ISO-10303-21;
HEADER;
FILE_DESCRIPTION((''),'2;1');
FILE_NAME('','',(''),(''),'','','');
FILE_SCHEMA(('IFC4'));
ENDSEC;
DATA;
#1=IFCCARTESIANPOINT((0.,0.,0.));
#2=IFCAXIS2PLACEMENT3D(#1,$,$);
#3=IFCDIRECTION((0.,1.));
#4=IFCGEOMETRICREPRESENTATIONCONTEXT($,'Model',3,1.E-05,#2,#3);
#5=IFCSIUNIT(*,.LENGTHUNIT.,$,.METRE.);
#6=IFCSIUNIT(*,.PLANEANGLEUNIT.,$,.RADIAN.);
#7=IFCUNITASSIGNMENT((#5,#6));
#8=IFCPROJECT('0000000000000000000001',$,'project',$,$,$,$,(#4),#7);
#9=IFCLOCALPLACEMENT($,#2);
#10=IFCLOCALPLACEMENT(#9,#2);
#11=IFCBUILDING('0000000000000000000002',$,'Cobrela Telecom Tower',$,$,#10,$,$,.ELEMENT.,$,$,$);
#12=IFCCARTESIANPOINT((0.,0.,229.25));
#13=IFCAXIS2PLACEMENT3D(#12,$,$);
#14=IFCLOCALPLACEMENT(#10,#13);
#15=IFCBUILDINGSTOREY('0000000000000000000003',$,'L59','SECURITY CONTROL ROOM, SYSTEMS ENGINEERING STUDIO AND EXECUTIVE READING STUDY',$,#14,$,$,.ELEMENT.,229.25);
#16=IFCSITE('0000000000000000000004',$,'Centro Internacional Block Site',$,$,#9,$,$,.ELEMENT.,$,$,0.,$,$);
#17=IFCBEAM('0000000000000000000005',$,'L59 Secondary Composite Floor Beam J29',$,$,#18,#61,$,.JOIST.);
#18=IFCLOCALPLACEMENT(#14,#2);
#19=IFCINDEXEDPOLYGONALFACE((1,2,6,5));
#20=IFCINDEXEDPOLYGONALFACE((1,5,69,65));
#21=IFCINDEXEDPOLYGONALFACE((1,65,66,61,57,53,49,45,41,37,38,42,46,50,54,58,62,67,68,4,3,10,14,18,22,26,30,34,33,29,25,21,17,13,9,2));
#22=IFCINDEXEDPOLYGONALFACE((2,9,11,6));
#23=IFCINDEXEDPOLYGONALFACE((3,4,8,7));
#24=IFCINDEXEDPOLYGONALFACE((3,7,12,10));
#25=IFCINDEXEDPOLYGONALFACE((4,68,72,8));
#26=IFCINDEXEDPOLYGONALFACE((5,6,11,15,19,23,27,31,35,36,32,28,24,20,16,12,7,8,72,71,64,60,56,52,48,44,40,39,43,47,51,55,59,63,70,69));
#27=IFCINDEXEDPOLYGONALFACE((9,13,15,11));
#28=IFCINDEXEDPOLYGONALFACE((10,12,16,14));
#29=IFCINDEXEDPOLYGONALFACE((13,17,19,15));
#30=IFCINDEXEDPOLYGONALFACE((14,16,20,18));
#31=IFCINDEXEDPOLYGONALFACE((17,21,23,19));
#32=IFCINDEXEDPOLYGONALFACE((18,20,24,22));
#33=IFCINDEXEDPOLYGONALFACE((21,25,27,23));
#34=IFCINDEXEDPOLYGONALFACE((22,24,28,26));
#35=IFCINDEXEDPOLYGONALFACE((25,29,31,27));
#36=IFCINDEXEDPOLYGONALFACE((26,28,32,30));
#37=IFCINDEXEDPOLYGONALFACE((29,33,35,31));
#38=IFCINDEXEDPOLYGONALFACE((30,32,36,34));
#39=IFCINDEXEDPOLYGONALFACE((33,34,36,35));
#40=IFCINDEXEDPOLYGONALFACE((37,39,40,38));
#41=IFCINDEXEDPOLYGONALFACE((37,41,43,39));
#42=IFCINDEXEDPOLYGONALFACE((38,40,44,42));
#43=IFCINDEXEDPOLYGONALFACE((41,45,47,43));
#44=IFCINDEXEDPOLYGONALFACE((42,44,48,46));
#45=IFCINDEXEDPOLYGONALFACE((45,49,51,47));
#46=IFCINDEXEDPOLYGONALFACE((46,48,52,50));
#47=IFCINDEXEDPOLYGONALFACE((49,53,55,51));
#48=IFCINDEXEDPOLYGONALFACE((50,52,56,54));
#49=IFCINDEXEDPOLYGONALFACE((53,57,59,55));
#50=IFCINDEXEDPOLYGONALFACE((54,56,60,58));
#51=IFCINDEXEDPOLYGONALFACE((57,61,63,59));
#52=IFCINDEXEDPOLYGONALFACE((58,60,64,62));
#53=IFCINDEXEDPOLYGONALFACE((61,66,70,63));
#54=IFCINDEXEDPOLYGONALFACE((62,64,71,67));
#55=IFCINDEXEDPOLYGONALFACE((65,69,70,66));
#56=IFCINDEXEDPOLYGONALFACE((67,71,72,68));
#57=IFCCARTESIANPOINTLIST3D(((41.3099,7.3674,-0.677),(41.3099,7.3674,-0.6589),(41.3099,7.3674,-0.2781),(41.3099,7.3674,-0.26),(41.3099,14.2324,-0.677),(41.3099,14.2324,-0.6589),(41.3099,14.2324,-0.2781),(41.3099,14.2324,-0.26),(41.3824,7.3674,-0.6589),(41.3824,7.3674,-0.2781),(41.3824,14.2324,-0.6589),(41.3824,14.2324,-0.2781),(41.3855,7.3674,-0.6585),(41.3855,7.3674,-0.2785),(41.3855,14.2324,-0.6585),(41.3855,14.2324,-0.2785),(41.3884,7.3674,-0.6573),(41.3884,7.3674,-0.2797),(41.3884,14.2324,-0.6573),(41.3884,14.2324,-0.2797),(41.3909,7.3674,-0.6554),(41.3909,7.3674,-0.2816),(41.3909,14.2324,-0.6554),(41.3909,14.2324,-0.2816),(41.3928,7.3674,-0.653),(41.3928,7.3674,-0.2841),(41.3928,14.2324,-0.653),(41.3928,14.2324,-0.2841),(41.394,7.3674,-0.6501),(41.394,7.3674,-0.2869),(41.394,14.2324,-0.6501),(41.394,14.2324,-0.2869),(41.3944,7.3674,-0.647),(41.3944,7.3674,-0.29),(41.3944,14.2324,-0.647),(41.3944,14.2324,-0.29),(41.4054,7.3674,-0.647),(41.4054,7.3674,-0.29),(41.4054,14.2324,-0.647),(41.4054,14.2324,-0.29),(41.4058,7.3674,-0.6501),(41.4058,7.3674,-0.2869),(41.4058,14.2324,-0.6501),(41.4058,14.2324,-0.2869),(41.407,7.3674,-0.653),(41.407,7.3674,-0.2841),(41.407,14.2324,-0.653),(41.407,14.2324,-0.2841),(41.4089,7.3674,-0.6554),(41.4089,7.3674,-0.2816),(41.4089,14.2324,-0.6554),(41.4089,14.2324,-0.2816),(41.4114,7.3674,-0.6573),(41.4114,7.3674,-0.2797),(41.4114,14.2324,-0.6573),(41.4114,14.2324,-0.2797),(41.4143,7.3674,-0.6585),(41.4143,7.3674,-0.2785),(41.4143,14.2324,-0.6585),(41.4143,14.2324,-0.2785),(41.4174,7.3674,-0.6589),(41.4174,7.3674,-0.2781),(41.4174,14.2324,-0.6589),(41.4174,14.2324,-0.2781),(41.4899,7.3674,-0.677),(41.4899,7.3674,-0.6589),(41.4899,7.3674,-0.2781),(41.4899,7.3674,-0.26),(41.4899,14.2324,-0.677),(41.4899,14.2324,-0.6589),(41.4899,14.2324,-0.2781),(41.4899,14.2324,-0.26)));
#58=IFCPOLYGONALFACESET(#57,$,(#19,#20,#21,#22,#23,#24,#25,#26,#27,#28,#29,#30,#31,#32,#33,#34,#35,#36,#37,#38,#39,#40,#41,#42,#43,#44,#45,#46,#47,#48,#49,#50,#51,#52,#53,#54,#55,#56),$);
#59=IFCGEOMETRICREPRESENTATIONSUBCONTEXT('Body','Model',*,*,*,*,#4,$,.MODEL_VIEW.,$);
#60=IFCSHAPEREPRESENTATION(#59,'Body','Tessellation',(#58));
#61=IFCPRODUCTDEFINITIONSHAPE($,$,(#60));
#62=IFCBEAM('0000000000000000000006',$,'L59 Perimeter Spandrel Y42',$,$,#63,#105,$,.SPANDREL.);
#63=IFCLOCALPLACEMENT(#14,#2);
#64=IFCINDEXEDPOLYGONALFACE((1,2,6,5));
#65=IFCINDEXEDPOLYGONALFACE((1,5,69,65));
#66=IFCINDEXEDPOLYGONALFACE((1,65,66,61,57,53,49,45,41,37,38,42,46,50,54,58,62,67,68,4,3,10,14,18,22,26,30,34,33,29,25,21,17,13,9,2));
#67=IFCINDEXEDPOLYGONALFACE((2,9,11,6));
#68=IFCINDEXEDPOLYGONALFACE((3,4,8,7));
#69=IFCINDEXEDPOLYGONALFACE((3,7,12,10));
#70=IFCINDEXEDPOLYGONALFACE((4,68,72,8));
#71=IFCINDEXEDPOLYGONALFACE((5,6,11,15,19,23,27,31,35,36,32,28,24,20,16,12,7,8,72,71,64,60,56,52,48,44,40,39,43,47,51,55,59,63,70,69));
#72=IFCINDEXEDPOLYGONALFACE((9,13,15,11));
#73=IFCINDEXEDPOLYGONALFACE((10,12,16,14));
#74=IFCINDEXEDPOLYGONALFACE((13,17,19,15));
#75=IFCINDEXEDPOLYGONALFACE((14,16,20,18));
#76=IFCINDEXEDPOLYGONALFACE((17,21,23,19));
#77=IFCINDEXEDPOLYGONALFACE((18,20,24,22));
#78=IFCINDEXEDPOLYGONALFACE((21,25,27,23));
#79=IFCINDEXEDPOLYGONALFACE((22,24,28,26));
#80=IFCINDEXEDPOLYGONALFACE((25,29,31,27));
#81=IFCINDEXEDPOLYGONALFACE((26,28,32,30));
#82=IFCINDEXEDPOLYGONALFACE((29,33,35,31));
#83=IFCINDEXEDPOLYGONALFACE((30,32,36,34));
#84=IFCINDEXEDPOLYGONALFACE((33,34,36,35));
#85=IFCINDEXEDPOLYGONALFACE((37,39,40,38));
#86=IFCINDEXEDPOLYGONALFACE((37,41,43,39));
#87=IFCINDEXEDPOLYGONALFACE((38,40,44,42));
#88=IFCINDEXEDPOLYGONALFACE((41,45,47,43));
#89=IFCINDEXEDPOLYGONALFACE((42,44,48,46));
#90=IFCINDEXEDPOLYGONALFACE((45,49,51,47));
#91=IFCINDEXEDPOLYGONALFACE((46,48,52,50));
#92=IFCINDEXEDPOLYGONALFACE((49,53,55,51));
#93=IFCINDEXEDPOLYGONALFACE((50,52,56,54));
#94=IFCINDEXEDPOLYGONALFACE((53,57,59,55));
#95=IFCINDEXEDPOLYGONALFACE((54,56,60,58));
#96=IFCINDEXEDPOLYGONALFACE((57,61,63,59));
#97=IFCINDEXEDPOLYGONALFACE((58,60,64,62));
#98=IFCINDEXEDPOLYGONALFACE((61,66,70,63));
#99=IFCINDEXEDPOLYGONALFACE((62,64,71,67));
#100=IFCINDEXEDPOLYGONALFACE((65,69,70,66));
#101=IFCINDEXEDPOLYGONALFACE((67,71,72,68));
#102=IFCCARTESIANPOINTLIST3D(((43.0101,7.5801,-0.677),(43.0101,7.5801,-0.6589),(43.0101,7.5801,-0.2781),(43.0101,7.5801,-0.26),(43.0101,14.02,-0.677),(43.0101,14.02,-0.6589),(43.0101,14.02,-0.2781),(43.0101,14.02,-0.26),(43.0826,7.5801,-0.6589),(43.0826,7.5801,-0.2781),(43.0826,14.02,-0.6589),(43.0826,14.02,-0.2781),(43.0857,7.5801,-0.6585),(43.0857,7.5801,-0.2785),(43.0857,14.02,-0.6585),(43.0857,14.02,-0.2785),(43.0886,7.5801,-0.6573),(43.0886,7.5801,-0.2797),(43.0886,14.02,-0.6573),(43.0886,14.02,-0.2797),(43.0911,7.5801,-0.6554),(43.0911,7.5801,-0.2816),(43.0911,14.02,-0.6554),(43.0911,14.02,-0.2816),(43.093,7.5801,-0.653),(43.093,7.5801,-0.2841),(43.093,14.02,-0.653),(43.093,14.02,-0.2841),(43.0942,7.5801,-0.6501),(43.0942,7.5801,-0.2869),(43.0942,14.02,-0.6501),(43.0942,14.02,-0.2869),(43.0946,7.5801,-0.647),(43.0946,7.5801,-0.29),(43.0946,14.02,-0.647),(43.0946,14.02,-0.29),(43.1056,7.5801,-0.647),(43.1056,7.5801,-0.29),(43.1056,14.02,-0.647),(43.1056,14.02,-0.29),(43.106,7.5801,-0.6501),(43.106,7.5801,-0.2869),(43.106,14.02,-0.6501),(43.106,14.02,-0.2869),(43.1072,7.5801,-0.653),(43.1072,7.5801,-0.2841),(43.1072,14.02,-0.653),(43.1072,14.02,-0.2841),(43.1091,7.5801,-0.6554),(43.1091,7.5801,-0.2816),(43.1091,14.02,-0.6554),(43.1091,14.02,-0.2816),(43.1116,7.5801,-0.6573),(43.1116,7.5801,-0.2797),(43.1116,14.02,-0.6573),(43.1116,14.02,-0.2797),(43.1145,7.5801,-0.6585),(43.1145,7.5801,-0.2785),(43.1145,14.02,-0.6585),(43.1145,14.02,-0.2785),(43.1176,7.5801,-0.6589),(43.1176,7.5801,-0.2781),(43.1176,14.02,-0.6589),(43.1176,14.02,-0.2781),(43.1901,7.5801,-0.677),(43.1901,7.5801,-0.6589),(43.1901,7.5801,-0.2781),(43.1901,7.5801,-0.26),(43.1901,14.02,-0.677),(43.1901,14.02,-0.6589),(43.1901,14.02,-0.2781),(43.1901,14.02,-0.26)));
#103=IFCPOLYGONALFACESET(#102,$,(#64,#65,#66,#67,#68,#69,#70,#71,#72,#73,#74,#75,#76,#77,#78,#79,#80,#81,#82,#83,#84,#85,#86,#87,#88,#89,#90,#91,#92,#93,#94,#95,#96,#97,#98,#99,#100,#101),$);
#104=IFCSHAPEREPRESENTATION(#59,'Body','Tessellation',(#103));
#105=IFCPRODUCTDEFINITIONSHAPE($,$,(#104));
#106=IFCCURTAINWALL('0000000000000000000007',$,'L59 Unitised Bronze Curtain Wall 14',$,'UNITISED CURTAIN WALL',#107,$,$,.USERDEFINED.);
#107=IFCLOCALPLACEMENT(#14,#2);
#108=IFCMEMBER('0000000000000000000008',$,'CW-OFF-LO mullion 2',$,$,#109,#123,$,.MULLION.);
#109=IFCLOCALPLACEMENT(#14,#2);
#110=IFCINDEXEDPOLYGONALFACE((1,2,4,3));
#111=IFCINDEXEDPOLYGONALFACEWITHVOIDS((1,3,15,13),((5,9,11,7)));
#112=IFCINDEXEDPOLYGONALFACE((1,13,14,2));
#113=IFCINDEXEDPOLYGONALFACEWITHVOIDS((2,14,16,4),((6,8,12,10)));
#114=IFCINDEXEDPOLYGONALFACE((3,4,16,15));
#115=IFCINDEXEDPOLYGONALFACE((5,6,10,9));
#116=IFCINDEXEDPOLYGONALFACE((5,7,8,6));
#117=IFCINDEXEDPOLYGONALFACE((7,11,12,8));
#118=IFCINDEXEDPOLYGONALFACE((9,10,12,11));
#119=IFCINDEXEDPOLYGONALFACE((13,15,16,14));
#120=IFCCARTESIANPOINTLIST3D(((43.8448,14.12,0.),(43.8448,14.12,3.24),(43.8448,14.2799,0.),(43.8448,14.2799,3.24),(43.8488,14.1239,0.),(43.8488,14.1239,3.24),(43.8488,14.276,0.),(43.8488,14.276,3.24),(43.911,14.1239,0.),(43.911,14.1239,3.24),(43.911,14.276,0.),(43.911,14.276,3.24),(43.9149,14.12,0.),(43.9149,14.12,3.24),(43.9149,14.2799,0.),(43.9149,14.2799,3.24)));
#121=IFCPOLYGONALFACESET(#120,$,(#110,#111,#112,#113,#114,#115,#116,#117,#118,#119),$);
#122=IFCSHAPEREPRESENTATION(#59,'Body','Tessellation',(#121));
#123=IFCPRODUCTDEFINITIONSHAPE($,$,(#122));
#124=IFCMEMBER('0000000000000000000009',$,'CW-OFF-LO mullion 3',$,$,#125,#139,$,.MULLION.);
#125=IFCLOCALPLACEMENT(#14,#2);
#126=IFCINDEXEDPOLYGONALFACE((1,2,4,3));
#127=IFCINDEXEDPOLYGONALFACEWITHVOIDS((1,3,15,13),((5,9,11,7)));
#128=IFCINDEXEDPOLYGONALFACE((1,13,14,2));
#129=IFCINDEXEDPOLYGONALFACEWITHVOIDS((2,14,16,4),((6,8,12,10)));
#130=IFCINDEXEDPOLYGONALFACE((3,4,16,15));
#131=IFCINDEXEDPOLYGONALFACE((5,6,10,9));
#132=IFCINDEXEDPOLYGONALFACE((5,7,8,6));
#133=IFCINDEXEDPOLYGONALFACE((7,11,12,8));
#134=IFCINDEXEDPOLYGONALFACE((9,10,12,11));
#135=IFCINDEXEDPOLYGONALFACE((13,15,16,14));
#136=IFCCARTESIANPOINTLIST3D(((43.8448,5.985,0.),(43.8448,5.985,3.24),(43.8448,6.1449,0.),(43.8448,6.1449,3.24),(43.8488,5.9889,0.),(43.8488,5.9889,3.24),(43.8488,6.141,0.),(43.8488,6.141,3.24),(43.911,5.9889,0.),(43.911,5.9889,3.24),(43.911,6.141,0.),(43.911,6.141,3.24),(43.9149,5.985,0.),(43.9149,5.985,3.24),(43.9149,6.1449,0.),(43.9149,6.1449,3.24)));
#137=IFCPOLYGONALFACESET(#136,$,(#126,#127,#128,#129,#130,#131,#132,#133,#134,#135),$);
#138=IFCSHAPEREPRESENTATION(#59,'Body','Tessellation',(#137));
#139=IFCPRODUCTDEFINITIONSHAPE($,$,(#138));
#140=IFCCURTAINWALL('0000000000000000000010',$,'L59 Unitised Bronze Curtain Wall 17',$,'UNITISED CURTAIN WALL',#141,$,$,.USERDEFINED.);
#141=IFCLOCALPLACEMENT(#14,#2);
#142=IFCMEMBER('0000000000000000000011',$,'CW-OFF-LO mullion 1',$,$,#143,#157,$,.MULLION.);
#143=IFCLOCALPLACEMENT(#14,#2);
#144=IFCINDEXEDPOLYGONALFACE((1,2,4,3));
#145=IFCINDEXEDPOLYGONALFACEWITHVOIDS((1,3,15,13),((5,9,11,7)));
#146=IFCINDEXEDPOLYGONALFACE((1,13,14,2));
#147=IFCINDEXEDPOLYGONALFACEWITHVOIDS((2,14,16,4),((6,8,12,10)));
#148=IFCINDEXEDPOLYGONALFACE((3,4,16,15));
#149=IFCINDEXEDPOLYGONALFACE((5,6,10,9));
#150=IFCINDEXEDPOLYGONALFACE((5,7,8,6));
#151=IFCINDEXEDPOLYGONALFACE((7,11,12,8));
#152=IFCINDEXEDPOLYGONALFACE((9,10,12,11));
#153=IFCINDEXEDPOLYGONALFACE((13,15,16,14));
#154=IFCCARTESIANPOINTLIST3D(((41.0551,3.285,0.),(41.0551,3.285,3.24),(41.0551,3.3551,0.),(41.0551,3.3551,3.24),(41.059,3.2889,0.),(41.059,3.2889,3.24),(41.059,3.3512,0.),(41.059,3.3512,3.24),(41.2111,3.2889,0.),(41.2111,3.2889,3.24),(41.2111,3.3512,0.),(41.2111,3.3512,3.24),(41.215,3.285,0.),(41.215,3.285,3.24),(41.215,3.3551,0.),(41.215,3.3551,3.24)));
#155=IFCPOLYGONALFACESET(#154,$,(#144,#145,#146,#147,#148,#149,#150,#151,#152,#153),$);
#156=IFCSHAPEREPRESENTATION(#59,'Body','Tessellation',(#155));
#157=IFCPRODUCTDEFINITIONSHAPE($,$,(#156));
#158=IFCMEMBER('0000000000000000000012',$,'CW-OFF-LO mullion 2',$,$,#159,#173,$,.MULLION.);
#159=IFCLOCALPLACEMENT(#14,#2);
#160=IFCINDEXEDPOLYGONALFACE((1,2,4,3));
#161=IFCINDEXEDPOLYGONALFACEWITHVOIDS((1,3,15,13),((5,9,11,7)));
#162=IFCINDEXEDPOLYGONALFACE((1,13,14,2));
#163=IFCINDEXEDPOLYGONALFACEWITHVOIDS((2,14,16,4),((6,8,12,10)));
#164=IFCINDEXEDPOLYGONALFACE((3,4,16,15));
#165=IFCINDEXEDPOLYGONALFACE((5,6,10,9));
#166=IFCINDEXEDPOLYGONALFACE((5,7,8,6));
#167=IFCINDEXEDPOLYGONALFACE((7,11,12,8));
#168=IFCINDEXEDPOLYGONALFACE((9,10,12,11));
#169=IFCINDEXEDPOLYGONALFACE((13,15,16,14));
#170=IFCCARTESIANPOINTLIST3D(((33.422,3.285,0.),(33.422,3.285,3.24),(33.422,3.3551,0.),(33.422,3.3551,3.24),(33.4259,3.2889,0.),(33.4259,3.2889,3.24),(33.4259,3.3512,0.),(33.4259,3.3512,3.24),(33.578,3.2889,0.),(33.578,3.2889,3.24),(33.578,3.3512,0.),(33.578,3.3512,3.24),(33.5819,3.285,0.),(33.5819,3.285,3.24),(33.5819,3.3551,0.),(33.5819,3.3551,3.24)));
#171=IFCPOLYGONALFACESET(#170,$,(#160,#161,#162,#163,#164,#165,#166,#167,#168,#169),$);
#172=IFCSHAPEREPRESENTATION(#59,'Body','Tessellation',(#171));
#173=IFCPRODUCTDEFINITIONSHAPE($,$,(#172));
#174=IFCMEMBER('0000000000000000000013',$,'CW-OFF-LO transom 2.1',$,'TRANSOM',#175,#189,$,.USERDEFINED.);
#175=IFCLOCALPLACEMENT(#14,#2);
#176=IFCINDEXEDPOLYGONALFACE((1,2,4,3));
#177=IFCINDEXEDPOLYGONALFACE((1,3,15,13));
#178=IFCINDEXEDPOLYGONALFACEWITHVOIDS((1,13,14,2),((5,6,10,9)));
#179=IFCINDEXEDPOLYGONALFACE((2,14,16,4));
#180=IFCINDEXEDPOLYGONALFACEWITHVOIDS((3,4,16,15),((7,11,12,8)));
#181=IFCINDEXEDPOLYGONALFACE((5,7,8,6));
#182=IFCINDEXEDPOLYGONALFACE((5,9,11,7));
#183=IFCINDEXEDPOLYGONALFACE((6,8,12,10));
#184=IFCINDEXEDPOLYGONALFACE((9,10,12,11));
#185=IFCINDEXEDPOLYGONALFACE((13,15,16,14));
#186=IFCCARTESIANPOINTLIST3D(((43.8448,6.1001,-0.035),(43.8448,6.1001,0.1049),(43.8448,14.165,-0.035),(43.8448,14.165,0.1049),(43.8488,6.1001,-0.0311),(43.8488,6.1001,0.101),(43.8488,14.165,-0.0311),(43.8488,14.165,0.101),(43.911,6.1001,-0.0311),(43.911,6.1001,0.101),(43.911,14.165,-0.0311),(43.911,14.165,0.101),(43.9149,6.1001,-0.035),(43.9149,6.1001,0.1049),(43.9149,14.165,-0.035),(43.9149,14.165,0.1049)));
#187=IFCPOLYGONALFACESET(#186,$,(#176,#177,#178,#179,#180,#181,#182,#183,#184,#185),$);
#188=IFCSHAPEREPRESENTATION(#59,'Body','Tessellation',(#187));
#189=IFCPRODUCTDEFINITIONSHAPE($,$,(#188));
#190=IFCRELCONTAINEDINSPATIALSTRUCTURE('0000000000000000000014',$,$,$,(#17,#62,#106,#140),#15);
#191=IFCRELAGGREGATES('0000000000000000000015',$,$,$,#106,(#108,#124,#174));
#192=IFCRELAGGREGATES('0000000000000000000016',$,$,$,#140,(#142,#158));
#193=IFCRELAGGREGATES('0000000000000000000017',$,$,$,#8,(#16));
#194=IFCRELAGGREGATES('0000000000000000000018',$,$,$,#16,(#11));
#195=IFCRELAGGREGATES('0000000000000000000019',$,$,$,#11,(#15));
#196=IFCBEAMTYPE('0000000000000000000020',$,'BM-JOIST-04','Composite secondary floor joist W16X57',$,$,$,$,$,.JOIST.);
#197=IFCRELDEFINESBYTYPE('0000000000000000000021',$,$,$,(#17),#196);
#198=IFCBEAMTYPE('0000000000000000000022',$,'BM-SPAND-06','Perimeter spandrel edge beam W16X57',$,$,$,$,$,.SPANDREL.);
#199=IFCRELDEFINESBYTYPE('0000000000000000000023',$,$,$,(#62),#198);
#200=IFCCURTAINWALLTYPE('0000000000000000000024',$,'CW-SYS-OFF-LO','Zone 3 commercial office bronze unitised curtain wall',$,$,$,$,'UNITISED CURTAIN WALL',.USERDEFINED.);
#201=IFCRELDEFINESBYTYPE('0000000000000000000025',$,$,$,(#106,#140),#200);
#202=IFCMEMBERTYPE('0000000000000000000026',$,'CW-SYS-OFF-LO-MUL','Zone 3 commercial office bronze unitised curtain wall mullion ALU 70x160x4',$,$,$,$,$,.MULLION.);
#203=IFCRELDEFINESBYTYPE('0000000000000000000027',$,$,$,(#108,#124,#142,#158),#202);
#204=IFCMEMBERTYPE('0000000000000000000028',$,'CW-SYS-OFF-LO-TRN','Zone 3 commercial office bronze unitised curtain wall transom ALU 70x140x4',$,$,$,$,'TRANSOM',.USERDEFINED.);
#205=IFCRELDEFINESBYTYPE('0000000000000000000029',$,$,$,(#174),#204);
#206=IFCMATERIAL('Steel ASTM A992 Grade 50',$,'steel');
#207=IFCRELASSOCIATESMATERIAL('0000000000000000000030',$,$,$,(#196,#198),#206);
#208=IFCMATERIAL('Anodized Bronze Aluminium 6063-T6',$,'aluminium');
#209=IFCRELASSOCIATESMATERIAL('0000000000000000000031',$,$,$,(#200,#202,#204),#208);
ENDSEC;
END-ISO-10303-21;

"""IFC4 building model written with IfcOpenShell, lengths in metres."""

from ifc_helpers import new_model, si_unit, direction, frame, origin, origin_2d, place, context, subcontext, project, spatial, hollow_rectangle, i_section, extrude, material, material_profile, profile_set, type_object, element, aggregate, save


model = new_model("IFC4")

# Units and contexts
model_context = context("Model", 3, precision=1e-05, world=origin(), true_north=direction((0.0, 1.0)))
body_context = subcontext(model_context, "Body", "Model", "MODEL_VIEW")
ifc_project = project(units=[si_unit("LENGTHUNIT", "METRE"), si_unit("PLANEANGLEUNIT", "RADIAN")], contexts=[model_context])

# Site, building, storey
site_placement = place(None, origin())
site = spatial("IfcSite", under=ifc_project, at=site_placement, Name="Centro Internacional Block Site", CompositionType="ELEMENT", RefElevation=0.0)
building_placement = place(site_placement, origin())
building = spatial("IfcBuilding", under=site, at=building_placement, Name="Cobrela Telecom Tower", CompositionType="ELEMENT")
storey_placement = place(building_placement, frame((0.0, 0.0, 229.25)))
storey = spatial("IfcBuildingStorey", under=building, at=storey_placement, Name="L59", Description="SECURITY CONTROL ROOM, SYSTEMS ENGINEERING STUDIO AND EXECUTIVE READING STUDY", CompositionType="ELEMENT", Elevation=229.25)

# Shared definitions
ifc_material_1 = material(Name="Steel ASTM A992 Grade 50", Category="steel")

# Beams
ifc_material_profile_1 = material_profile(ifc_material_1, i_section(OverallWidth=0.1799, OverallDepth=0.417, WebThickness=0.011, FlangeThickness=0.0181, FilletRadius=0.012, at=origin_2d()), Name="W16X57")
ifc_profile_set_1 = profile_set([ifc_material_profile_1], Name="Steel ASTM A992 Grade 50")
beam_type_1 = type_object("IfcBeamType", Name="BM-JOIST-04", Description="Composite secondary floor joist W16X57", PredefinedType="JOIST", material=ifc_profile_set_1)
for number, where, z_axis, x_axis, name in (
    (1, (41.3999, 7.3674, -0.4685), (0.0, 1.0, 0.0), (-1.0, 0.0, 0.0), "L59 Secondary Composite Floor Beam J29"),
):
    element("IfcBeam", number, at=place(storey_placement, frame(where, z_axis=z_axis, x_axis=x_axis)), inside=storey, type_object=beam_type_1, Name=name, PredefinedType="JOIST", context=body_context, shape_type="SweptSolid", body=[
        extrude(i_section(OverallWidth=0.1799, OverallDepth=0.417, WebThickness=0.011, FlangeThickness=0.0181, FilletRadius=0.012, at=origin_2d()), origin(), (0.0, 0.0, 1.0), 6.865),
    ])
ifc_material_profile_2 = material_profile(ifc_material_1, i_section(OverallWidth=0.1799, OverallDepth=0.417, WebThickness=0.011, FlangeThickness=0.0181, FilletRadius=0.012, at=origin_2d()), Name="W16X57")
ifc_profile_set_2 = profile_set([ifc_material_profile_2], Name="Steel ASTM A992 Grade 50")
beam_type_2 = type_object("IfcBeamType", Name="BM-SPAND-06", Description="Perimeter spandrel edge beam W16X57", PredefinedType="SPANDREL", material=ifc_profile_set_2)
beam_1_placement = place(storey_placement, frame((43.1001, 7.5801, -0.4685), z_axis=(0.0, 1.0, 0.0), x_axis=(-1.0, 0.0, 0.0)))
element("IfcBeam", 2, at=beam_1_placement, inside=storey, type_object=beam_type_2, Name="L59 Perimeter Spandrel Y42", PredefinedType="SPANDREL", context=body_context, shape_type="SweptSolid", body=[
    extrude(i_section(OverallWidth=0.1799, OverallDepth=0.417, WebThickness=0.011, FlangeThickness=0.0181, FilletRadius=0.012, at=origin_2d()), origin(), (0.0, 0.0, 1.0), 6.4399),
])

# Curtain walls, members
ifc_material_2 = material(Name="Anodized Bronze Aluminium 6063-T6", Category="aluminium")
curtain_wall_type = type_object("IfcCurtainWallType", Name="CW-SYS-OFF-LO", Description="Zone 3 commercial office bronze unitised curtain wall", ElementType="UNITISED CURTAIN WALL", PredefinedType="USERDEFINED", material=ifc_material_2)
curtain_wall_1_placement = place(storey_placement, origin())
curtain_wall_1 = element("IfcCurtainWall", 3, at=curtain_wall_1_placement, inside=storey, type_object=curtain_wall_type, Name="L59 Unitised Bronze Curtain Wall 14", ObjectType="UNITISED CURTAIN WALL", PredefinedType="USERDEFINED")
ifc_material_profile_3 = material_profile(ifc_material_2, hollow_rectangle(XDim=0.0701, YDim=0.1599, WallThickness=0.0039, at=origin_2d()), Name="ALU 70x160x4")
ifc_profile_set_3 = profile_set([ifc_material_profile_3], Name="Anodized Bronze Aluminium 6063-T6")
member_type_1 = type_object("IfcMemberType", Name="CW-SYS-OFF-LO-MUL", Description="Zone 3 commercial office bronze unitised curtain wall mullion ALU 70x160x4", PredefinedType="MULLION", material=ifc_profile_set_3)
member_1_placement = place(storey_placement, frame((43.8799, 14.2, 0.0), z_axis=(0.0, 0.0, 1.0), x_axis=(1.0, 0.0, 0.0)))
member_1 = element("IfcMember", 4, at=member_1_placement, type_object=member_type_1, Name="CW-OFF-LO mullion 2", PredefinedType="MULLION", context=body_context, shape_type="SweptSolid", body=[
    extrude(hollow_rectangle(XDim=0.0701, YDim=0.1599, WallThickness=0.0039, at=origin_2d()), origin(), (0.0, 0.0, 1.0), 3.24),
])
member_2_placement = place(storey_placement, frame((43.8799, 6.0649, 0.0), z_axis=(0.0, 0.0, 1.0), x_axis=(1.0, 0.0, 0.0)))
member_2 = element("IfcMember", 5, at=member_2_placement, type_object=member_type_1, Name="CW-OFF-LO mullion 3", PredefinedType="MULLION", context=body_context, shape_type="SweptSolid", body=[
    extrude(hollow_rectangle(XDim=0.0701, YDim=0.1599, WallThickness=0.0039, at=origin_2d()), origin(), (0.0, 0.0, 1.0), 3.24),
])
curtain_wall_2_placement = place(storey_placement, origin())
curtain_wall_2 = element("IfcCurtainWall", 6, at=curtain_wall_2_placement, inside=storey, type_object=curtain_wall_type, Name="L59 Unitised Bronze Curtain Wall 17", ObjectType="UNITISED CURTAIN WALL", PredefinedType="USERDEFINED")
member_3_placement = place(storey_placement, frame((41.135, 3.3201, 0.0), z_axis=(0.0, 0.0, 1.0), x_axis=(0.0, -1.0, 0.0)))
member_3 = element("IfcMember", 7, at=member_3_placement, type_object=member_type_1, Name="CW-OFF-LO mullion 1", PredefinedType="MULLION", context=body_context, shape_type="SweptSolid", body=[
    extrude(hollow_rectangle(XDim=0.0701, YDim=0.1599, WallThickness=0.0039, at=origin_2d()), origin(), (0.0, 0.0, 1.0), 3.24),
])
member_4_placement = place(storey_placement, frame((33.502, 3.3201, 0.0), z_axis=(0.0, 0.0, 1.0), x_axis=(0.0, -1.0, 0.0)))
member_4 = element("IfcMember", 8, at=member_4_placement, type_object=member_type_1, Name="CW-OFF-LO mullion 2", PredefinedType="MULLION", context=body_context, shape_type="SweptSolid", body=[
    extrude(hollow_rectangle(XDim=0.0701, YDim=0.1599, WallThickness=0.0039, at=origin_2d()), origin(), (0.0, 0.0, 1.0), 3.24),
])

# Member
ifc_material_profile_4 = material_profile(ifc_material_2, hollow_rectangle(XDim=0.0701, YDim=0.1399, WallThickness=0.0039, at=origin_2d()), Name="ALU 70x140x4")
ifc_profile_set_4 = profile_set([ifc_material_profile_4], Name="Anodized Bronze Aluminium 6063-T6")
member_type_2 = type_object("IfcMemberType", Name="CW-SYS-OFF-LO-TRN", Description="Zone 3 commercial office bronze unitised curtain wall transom ALU 70x140x4", ElementType="TRANSOM", PredefinedType="USERDEFINED", material=ifc_profile_set_4)
member_5_placement = place(storey_placement, frame((43.8799, 14.165, 0.0349), z_axis=(0.0, -1.0, 0.0), x_axis=(1.0, 0.0, 0.0)))
member_5 = element("IfcMember", 9, at=member_5_placement, type_object=member_type_2, Name="CW-OFF-LO transom 2.1", ObjectType="TRANSOM", PredefinedType="USERDEFINED", context=body_context, shape_type="SweptSolid", body=[
    extrude(hollow_rectangle(XDim=0.0701, YDim=0.1399, WallThickness=0.0039, at=origin_2d()), origin(), (0.0, 0.0, 1.0), 8.0649),
])

aggregate(curtain_wall_1, [member_1, member_2, member_5])
aggregate(curtain_wall_2, [member_3, member_4])

save(model, "model.ifc")
